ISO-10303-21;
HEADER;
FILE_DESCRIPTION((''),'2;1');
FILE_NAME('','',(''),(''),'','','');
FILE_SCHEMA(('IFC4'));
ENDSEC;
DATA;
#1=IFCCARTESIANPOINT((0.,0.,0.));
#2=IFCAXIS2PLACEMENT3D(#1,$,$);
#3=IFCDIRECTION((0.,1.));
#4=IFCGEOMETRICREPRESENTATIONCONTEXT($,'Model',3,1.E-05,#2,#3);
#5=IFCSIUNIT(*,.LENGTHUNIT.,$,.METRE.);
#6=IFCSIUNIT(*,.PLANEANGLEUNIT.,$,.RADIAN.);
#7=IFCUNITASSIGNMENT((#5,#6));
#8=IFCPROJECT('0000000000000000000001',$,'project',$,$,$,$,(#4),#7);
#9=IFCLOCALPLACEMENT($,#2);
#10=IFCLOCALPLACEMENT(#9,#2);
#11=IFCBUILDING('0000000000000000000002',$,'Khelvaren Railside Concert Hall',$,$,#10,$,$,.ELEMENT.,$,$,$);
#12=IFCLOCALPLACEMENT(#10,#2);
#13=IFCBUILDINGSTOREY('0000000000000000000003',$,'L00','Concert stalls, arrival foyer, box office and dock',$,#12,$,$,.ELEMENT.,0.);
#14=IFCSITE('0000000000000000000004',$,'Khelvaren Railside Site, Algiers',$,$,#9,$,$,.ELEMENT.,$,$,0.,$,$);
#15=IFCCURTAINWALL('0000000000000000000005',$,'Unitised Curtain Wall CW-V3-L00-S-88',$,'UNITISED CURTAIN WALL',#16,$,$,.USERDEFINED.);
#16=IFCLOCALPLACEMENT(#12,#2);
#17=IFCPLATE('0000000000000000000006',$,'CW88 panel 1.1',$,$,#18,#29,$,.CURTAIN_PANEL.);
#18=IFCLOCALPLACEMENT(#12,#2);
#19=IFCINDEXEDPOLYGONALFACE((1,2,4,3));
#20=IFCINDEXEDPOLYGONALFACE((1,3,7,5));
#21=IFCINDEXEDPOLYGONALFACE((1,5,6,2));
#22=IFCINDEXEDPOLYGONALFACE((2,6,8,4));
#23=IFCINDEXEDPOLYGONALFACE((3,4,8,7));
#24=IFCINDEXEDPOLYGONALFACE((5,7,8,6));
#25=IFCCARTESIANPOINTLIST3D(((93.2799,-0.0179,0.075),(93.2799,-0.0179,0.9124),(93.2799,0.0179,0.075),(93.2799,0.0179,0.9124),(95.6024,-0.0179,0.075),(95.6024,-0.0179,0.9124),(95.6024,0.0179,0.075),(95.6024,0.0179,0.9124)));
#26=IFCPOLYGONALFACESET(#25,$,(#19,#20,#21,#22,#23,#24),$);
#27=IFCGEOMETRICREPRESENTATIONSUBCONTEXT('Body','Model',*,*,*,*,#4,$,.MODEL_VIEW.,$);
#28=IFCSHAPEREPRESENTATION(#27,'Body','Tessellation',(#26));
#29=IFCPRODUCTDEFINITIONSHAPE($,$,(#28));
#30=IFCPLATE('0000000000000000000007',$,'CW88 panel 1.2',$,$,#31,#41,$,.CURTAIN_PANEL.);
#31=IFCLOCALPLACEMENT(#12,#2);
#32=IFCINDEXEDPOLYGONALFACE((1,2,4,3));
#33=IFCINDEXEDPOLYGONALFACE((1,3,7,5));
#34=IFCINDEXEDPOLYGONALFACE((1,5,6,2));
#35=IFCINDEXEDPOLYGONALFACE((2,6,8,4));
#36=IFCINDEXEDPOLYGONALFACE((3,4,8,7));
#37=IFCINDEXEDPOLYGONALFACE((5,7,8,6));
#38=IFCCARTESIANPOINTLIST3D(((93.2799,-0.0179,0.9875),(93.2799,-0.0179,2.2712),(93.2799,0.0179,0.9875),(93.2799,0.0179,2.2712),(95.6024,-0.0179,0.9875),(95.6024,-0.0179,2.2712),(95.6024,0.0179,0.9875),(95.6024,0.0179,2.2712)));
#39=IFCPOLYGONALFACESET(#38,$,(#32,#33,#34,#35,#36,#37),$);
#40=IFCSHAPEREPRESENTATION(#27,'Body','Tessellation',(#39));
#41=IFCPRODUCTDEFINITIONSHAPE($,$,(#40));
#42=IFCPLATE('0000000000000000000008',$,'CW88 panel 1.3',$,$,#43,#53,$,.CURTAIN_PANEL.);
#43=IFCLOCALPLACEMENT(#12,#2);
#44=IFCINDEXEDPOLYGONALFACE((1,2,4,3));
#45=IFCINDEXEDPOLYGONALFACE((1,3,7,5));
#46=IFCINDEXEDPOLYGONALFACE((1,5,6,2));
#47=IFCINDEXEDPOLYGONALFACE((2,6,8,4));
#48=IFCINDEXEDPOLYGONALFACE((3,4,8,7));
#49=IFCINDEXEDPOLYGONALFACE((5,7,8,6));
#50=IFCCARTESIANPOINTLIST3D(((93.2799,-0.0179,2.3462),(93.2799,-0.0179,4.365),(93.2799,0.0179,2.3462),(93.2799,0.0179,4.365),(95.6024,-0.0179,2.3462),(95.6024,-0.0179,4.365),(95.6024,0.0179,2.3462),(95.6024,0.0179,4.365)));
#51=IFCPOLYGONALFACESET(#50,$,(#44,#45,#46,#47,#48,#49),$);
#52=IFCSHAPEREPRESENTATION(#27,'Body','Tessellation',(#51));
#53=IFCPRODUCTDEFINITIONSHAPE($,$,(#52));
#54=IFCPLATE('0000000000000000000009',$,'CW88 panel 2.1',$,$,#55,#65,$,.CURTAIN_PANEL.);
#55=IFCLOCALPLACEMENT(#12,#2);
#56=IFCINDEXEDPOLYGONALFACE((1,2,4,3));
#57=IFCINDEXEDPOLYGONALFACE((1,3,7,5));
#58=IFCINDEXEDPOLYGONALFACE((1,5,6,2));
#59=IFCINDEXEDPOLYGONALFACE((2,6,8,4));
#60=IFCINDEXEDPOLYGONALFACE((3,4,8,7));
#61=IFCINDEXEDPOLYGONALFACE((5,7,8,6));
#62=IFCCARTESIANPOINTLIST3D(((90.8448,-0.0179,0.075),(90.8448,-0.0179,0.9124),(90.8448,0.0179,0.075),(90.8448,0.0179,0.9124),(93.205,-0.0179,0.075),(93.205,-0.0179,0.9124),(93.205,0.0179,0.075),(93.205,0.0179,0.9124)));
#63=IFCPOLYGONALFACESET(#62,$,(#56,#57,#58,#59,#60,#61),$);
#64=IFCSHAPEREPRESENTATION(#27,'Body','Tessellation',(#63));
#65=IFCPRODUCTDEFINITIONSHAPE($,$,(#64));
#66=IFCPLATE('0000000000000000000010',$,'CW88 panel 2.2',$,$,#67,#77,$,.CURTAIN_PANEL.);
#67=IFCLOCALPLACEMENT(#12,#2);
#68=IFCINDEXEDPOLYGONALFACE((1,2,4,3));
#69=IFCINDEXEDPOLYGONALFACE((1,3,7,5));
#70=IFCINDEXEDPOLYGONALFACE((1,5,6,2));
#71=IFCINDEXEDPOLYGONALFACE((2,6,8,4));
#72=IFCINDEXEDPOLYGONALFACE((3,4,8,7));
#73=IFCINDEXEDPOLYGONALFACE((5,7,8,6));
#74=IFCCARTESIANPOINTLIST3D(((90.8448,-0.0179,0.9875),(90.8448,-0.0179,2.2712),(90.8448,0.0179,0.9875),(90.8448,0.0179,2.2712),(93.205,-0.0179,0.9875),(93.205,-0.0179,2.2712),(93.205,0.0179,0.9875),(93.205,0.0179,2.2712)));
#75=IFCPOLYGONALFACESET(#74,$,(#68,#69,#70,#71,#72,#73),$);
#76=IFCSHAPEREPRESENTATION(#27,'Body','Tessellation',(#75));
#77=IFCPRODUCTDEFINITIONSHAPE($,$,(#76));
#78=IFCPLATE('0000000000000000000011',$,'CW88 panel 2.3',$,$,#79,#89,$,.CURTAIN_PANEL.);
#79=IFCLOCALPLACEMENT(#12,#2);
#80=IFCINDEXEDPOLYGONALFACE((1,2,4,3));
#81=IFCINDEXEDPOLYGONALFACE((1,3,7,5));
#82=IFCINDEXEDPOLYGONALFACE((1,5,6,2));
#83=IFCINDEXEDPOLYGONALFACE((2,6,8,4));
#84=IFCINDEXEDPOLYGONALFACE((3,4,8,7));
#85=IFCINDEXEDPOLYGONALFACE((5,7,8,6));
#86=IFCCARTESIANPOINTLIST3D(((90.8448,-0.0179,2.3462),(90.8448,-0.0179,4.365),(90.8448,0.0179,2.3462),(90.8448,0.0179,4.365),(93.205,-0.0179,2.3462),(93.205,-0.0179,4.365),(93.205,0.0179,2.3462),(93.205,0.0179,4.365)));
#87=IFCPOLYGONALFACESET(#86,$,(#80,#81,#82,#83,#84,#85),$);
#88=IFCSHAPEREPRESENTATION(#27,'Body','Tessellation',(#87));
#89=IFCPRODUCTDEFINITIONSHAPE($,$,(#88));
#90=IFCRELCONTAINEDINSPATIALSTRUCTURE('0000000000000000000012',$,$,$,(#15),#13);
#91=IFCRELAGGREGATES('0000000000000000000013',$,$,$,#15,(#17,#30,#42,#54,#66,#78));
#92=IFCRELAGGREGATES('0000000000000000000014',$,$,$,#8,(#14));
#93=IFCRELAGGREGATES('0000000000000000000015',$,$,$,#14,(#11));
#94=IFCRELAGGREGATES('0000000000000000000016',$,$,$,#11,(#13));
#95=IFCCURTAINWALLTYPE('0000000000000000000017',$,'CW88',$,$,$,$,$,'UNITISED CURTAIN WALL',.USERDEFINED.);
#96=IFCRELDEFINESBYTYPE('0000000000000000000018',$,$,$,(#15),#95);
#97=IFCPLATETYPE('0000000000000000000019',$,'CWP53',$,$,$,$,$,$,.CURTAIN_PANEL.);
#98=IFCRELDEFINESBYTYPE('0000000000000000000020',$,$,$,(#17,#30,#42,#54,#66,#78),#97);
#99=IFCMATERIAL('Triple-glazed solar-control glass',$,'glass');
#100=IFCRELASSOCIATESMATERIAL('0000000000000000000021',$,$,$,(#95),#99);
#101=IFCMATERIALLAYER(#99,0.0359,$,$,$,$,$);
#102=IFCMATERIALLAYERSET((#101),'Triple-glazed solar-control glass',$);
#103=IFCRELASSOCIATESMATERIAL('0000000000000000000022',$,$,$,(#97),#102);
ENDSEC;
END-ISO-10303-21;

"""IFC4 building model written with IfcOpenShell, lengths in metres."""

from ifc_helpers import new_model, si_unit, direction, frame, origin, origin_2d, place, context, subcontext, project, spatial, rectangle, extrude, material, layer, layer_set, type_object, element, aggregate, save


model = new_model("IFC4")

# Units and contexts
model_context = context("Model", 3, precision=1e-05, world=origin(), true_north=direction((0.0, 1.0)))
body_context = subcontext(model_context, "Body", "Model", "MODEL_VIEW")
ifc_project = project(units=[si_unit("LENGTHUNIT", "METRE"), si_unit("PLANEANGLEUNIT", "RADIAN")], contexts=[model_context])

# Site, building, storey
site_placement = place(None, origin())
site = spatial("IfcSite", under=ifc_project, at=site_placement, Name="Khelvaren Railside Site, Algiers", CompositionType="ELEMENT", RefElevation=0.0)
building_placement = place(site_placement, origin())
building = spatial("IfcBuilding", under=site, at=building_placement, Name="Khelvaren Railside Concert Hall", CompositionType="ELEMENT")
storey_placement = place(building_placement, origin())
storey = spatial("IfcBuildingStorey", under=building, at=storey_placement, Name="L00", Description="Concert stalls, arrival foyer, box office and dock", CompositionType="ELEMENT", Elevation=0.0)

# Curtain wall
ifc_material_1 = material(Name="Triple-glazed solar-control glass", Category="glass")
curtain_wall_type = type_object("IfcCurtainWallType", Name="CW88", ElementType="UNITISED CURTAIN WALL", PredefinedType="USERDEFINED", material=ifc_material_1)
curtain_wall_placement = place(storey_placement, origin())
curtain_wall = element("IfcCurtainWall", 1, at=curtain_wall_placement, inside=storey, type_object=curtain_wall_type, Name="Unitised Curtain Wall CW-V3-L00-S-88", ObjectType="UNITISED CURTAIN WALL", PredefinedType="USERDEFINED")

# Plates
ifc_layer = layer(ifc_material_1, 0.0359)
ifc_layer_set = layer_set([ifc_layer], Name="Triple-glazed solar-control glass")
plate_type = type_object("IfcPlateType", Name="CWP53", PredefinedType="CURTAIN_PANEL", material=ifc_layer_set)
plate_1_placement = place(storey_placement, frame((94.4412, 0.0, 0.075), z_axis=(0.0, 0.0, 1.0), x_axis=(-1.0, 0.0, 0.0)))
plate_1 = element("IfcPlate", 2, at=plate_1_placement, type_object=plate_type, Name="CW88 panel 1.1", PredefinedType="CURTAIN_PANEL", context=body_context, shape_type="SweptSolid", body=[
    extrude(rectangle(XDim=2.3225, YDim=0.0359, at=origin_2d()), origin(), (0.0, 0.0, 1.0), 0.8374),
])
plate_2_placement = place(storey_placement, frame((94.4412, 0.0, 0.9875), z_axis=(0.0, 0.0, 1.0), x_axis=(-1.0, 0.0, 0.0)))
plate_2 = element("IfcPlate", 3, at=plate_2_placement, type_object=plate_type, Name="CW88 panel 1.2", PredefinedType="CURTAIN_PANEL", context=body_context, shape_type="SweptSolid", body=[
    extrude(rectangle(XDim=2.3225, YDim=0.0359, at=origin_2d()), origin(), (0.0, 0.0, 1.0), 1.2837),
])
plate_3_placement = place(storey_placement, frame((94.4412, 0.0, 2.3462), z_axis=(0.0, 0.0, 1.0), x_axis=(-1.0, 0.0, 0.0)))
plate_3 = element("IfcPlate", 4, at=plate_3_placement, type_object=plate_type, Name="CW88 panel 1.3", PredefinedType="CURTAIN_PANEL", context=body_context, shape_type="SweptSolid", body=[
    extrude(rectangle(XDim=2.3225, YDim=0.0359, at=origin_2d()), origin(), (0.0, 0.0, 1.0), 2.0188),
])
plate_4_placement = place(storey_placement, frame((92.0249, 0.0, 0.075), z_axis=(0.0, 0.0, 1.0), x_axis=(-1.0, 0.0, 0.0)))
plate_4 = element("IfcPlate", 5, at=plate_4_placement, type_object=plate_type, Name="CW88 panel 2.1", PredefinedType="CURTAIN_PANEL", context=body_context, shape_type="SweptSolid", body=[
    extrude(rectangle(XDim=2.3601, YDim=0.0359, at=origin_2d()), origin(), (0.0, 0.0, 1.0), 0.8374),
])
plate_5_placement = place(storey_placement, frame((92.0249, 0.0, 0.9875), z_axis=(0.0, 0.0, 1.0), x_axis=(-1.0, 0.0, 0.0)))
plate_5 = element("IfcPlate", 6, at=plate_5_placement, type_object=plate_type, Name="CW88 panel 2.2", PredefinedType="CURTAIN_PANEL", context=body_context, shape_type="SweptSolid", body=[
    extrude(rectangle(XDim=2.3601, YDim=0.0359, at=origin_2d()), origin(), (0.0, 0.0, 1.0), 1.2837),
])
plate_6_placement = place(storey_placement, frame((92.0249, 0.0, 2.3462), z_axis=(0.0, 0.0, 1.0), x_axis=(-1.0, 0.0, 0.0)))
plate_6 = element("IfcPlate", 7, at=plate_6_placement, type_object=plate_type, Name="CW88 panel 2.3", PredefinedType="CURTAIN_PANEL", context=body_context, shape_type="SweptSolid", body=[
    extrude(rectangle(XDim=2.3601, YDim=0.0359, at=origin_2d()), origin(), (0.0, 0.0, 1.0), 2.0188),
])
aggregate(curtain_wall, [plate_1, plate_2, plate_3, plate_4, plate_5, plate_6])

save(model, "model.ifc")
